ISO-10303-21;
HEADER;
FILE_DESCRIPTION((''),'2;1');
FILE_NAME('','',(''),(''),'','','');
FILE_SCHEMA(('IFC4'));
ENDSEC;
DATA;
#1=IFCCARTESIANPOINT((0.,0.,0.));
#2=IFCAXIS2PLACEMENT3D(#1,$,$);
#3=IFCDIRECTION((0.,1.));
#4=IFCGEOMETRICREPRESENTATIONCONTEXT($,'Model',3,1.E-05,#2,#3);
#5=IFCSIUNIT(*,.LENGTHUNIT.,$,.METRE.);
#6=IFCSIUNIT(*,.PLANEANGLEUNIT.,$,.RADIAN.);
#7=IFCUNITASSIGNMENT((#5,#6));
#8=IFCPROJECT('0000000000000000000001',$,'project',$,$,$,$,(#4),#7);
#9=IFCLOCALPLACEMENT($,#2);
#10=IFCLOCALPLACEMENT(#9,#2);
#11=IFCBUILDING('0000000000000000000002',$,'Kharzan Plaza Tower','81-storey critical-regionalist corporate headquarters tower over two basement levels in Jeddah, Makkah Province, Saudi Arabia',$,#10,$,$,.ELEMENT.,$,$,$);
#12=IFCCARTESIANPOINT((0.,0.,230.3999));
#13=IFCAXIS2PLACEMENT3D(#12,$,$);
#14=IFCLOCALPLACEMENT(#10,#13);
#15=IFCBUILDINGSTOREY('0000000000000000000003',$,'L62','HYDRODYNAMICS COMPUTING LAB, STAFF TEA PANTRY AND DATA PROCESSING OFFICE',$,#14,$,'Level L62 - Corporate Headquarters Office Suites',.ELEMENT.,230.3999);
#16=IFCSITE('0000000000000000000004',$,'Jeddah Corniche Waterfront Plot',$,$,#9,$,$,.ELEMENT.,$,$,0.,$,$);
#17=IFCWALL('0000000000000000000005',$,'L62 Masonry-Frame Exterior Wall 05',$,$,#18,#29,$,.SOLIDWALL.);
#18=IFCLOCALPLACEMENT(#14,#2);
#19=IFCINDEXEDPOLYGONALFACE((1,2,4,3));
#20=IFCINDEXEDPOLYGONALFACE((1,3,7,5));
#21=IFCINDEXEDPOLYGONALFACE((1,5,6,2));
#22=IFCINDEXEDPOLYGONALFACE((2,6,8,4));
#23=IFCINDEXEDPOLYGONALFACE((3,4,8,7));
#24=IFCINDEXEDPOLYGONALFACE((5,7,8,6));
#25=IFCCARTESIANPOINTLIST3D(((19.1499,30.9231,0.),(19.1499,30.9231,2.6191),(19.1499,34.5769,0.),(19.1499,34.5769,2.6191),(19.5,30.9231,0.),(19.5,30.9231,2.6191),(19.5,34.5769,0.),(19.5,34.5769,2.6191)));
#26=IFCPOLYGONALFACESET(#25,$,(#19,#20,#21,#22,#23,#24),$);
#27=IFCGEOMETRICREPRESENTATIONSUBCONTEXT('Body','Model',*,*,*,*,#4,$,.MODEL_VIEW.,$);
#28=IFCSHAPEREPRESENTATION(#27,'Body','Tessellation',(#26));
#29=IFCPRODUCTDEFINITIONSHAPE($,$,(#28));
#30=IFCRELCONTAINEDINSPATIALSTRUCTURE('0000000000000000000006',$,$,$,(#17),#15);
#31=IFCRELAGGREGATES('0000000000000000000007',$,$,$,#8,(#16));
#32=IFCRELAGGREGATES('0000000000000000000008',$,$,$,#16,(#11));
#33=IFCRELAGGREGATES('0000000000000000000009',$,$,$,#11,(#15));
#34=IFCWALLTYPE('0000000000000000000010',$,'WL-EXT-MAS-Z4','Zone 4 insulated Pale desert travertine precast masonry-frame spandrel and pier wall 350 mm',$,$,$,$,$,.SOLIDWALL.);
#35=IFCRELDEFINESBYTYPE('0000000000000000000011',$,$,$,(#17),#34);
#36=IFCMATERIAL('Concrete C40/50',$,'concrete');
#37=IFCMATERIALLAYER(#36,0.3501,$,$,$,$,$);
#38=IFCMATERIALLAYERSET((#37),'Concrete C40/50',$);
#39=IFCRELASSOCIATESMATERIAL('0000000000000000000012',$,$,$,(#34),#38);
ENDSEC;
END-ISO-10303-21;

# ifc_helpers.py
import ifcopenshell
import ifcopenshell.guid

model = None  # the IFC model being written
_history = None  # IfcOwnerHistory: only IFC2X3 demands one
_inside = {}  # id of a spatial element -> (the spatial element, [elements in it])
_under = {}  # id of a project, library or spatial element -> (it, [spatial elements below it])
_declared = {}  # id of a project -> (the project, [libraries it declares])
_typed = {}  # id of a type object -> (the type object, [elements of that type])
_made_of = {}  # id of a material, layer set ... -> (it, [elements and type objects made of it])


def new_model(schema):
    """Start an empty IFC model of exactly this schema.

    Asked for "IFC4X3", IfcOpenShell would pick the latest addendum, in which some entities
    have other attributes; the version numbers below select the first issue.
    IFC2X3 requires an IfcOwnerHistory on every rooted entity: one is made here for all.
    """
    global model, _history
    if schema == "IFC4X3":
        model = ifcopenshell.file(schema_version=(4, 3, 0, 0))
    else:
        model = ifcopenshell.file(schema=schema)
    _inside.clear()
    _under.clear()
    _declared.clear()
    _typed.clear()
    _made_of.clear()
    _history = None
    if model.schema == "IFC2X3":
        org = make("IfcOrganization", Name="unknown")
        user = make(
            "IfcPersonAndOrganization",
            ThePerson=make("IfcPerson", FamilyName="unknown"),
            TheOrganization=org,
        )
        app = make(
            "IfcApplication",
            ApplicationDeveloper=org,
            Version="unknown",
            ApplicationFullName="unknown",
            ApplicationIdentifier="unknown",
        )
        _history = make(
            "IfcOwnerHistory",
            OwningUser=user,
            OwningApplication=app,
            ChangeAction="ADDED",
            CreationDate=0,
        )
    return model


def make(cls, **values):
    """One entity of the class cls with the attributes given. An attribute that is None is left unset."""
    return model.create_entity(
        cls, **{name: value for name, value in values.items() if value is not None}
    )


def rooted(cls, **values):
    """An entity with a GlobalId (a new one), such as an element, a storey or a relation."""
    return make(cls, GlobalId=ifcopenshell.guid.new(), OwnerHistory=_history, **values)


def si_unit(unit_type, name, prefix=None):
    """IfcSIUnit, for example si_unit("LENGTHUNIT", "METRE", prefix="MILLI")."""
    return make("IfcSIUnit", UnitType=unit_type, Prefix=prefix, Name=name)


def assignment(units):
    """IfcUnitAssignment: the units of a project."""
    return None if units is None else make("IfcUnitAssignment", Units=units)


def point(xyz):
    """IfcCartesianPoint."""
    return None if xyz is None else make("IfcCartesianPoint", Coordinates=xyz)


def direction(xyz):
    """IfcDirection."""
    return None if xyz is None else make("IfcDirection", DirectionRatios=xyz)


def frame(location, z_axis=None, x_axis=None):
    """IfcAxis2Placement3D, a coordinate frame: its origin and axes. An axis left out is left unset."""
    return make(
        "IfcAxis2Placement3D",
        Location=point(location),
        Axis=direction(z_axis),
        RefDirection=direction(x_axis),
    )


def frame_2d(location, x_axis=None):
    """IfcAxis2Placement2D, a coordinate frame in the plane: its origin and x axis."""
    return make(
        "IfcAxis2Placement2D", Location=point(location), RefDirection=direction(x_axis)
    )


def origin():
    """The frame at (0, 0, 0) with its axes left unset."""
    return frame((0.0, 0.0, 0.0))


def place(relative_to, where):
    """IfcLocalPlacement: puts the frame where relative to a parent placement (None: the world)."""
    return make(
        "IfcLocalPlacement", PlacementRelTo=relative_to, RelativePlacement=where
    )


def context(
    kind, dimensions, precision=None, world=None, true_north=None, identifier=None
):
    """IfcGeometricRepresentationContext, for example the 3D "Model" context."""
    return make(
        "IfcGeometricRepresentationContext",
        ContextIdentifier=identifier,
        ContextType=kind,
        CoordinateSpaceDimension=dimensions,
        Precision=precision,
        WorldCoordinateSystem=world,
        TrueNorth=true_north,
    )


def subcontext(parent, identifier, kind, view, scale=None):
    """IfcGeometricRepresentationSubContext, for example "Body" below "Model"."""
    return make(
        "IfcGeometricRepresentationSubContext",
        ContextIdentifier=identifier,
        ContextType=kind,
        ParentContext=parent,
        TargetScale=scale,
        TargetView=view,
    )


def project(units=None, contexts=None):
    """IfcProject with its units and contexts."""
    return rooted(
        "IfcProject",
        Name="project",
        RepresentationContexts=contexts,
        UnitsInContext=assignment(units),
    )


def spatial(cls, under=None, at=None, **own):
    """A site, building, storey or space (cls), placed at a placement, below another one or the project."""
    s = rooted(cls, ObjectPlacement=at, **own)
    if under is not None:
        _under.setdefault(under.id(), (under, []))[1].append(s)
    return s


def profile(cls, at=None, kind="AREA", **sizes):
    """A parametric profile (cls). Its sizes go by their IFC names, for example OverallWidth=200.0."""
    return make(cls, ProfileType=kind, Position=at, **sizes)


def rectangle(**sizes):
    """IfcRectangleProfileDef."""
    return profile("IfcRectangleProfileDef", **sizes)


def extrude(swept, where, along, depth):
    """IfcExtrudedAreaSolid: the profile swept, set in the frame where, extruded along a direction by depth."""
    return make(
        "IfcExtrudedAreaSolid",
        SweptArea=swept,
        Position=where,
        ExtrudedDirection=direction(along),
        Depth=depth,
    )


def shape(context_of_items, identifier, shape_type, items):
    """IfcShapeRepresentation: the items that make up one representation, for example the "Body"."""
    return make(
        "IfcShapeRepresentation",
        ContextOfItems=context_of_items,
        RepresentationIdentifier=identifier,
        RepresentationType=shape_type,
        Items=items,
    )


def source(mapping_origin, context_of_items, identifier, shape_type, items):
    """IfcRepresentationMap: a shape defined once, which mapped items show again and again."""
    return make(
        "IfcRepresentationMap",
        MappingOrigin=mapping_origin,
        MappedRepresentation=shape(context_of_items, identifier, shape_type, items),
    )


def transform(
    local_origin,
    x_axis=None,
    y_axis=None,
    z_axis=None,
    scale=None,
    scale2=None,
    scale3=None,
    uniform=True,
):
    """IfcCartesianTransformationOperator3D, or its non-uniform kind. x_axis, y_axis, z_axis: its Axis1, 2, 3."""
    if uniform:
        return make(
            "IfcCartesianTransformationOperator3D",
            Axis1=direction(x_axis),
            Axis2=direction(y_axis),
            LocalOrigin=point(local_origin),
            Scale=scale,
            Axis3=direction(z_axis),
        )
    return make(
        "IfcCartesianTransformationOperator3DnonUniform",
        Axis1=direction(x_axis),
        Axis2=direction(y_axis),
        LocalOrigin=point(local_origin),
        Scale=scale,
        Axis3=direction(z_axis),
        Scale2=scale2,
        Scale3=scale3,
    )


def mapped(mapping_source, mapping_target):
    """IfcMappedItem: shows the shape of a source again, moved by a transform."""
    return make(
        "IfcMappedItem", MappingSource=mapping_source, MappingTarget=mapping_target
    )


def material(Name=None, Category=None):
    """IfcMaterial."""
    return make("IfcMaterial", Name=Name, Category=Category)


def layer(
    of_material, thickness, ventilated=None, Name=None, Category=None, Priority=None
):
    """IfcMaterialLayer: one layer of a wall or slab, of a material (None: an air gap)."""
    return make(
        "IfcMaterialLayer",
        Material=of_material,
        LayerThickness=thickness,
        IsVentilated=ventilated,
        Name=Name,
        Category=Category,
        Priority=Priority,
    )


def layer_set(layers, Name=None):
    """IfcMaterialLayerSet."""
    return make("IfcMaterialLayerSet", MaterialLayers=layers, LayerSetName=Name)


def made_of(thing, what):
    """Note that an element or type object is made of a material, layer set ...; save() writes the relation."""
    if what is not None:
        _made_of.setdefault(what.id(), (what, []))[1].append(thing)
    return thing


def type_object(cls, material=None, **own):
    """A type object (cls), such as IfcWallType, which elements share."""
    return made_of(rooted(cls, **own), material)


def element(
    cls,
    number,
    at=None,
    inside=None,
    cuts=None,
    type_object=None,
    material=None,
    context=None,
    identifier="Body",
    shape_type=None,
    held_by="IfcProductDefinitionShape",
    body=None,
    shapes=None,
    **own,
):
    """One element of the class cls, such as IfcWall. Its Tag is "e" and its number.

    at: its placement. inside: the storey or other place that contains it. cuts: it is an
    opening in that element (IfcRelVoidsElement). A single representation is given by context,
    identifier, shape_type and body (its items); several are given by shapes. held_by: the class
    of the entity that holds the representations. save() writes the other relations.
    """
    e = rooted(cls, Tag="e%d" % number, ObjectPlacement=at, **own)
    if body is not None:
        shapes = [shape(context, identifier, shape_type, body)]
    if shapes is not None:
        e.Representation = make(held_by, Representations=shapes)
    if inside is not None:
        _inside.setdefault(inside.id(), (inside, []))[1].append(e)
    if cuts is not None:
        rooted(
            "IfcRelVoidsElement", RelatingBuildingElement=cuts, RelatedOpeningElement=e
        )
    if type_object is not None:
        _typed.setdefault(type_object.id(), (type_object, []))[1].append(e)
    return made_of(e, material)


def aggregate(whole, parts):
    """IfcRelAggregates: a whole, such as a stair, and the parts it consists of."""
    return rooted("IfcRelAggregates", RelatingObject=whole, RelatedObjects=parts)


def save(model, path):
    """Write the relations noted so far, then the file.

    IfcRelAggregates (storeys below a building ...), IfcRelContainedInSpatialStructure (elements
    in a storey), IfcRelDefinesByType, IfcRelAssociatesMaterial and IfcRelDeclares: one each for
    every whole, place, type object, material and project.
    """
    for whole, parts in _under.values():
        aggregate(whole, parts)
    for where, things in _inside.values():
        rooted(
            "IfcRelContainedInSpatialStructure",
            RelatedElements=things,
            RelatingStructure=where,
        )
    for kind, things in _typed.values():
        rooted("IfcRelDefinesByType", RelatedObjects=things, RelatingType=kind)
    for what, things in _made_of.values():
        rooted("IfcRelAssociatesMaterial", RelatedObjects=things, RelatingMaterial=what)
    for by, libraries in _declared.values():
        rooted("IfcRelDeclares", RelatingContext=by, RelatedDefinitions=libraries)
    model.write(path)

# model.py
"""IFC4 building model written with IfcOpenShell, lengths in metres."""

from ifc_helpers import new_model, si_unit, direction, frame, frame_2d, origin, place, context, subcontext, project, spatial, rectangle, extrude, source, transform, mapped, material, layer, layer_set, type_object, element, save


model = new_model("IFC4")

# Units and contexts
model_context = context("Model", 3, precision=1e-05, world=origin(), true_north=direction((0.0, 1.0)))
body_context = subcontext(model_context, "Body", "Model", "MODEL_VIEW")
ifc_project = project(units=[si_unit("LENGTHUNIT", "METRE"), si_unit("PLANEANGLEUNIT", "RADIAN")], contexts=[model_context])

# Site, building, storey
site_placement = place(None, origin())
site = spatial("IfcSite", under=ifc_project, at=site_placement, Name="Jeddah Corniche Waterfront Plot", CompositionType="ELEMENT", RefElevation=0.0)
building_placement = place(site_placement, origin())
building = spatial("IfcBuilding", under=site, at=building_placement, Name="Kharzan Plaza Tower", Description="81-storey critical-regionalist corporate headquarters tower over two basement levels in Jeddah, Makkah Province, Saudi Arabia", CompositionType="ELEMENT")
storey_placement = place(building_placement, frame((0.0, 0.0, 230.3999)))
storey = spatial("IfcBuildingStorey", under=building, at=storey_placement, Name="L62", Description="HYDRODYNAMICS COMPUTING LAB, STAFF TEA PANTRY AND DATA PROCESSING OFFICE", LongName="Level L62 - Corporate Headquarters Office Suites", CompositionType="ELEMENT", Elevation=230.3999)

# Shared definitions
ifc_material_1 = material(Name="Concrete C40/50", Category="concrete")
ifc_layer_1 = layer(ifc_material_1, 0.3501)
ifc_layer_set_1 = layer_set([ifc_layer_1], Name="Concrete C40/50")
wall_type_1 = type_object("IfcWallType", Name="WL-EXT-MAS-Z4", Description="Zone 4 insulated Pale desert travertine precast masonry-frame spandrel and pier wall 350 mm", PredefinedType="SOLIDWALL", material=ifc_layer_set_1)

# Wall
shared_shape_1 = source(origin(), body_context, "Body", "SweptSolid", [
    extrude(rectangle(XDim=3.6538, YDim=0.3501, at=frame_2d((1.8269, 0.0))), origin(), (0.0, 0.0, 1.0), 2.6191),
])
wall_1_placement = place(storey_placement, frame((19.325, 30.9231, 0.0), z_axis=(0.0, 0.0, 1.0), x_axis=(0.0, 1.0, 0.0)))
element("IfcWall", 1, at=wall_1_placement, inside=storey, type_object=wall_type_1, Name="L62 Masonry-Frame Exterior Wall 05", PredefinedType="SOLIDWALL", context=body_context, shape_type="MappedRepresentation", body=[
    mapped(shared_shape_1, transform((0.0, 0.0, 0.0), x_axis=(1.0, 0.0, 0.0), y_axis=(0.0, 1.0, 0.0), z_axis=(0.0, 0.0, 1.0))),
])

save(model, "model.ifc")
